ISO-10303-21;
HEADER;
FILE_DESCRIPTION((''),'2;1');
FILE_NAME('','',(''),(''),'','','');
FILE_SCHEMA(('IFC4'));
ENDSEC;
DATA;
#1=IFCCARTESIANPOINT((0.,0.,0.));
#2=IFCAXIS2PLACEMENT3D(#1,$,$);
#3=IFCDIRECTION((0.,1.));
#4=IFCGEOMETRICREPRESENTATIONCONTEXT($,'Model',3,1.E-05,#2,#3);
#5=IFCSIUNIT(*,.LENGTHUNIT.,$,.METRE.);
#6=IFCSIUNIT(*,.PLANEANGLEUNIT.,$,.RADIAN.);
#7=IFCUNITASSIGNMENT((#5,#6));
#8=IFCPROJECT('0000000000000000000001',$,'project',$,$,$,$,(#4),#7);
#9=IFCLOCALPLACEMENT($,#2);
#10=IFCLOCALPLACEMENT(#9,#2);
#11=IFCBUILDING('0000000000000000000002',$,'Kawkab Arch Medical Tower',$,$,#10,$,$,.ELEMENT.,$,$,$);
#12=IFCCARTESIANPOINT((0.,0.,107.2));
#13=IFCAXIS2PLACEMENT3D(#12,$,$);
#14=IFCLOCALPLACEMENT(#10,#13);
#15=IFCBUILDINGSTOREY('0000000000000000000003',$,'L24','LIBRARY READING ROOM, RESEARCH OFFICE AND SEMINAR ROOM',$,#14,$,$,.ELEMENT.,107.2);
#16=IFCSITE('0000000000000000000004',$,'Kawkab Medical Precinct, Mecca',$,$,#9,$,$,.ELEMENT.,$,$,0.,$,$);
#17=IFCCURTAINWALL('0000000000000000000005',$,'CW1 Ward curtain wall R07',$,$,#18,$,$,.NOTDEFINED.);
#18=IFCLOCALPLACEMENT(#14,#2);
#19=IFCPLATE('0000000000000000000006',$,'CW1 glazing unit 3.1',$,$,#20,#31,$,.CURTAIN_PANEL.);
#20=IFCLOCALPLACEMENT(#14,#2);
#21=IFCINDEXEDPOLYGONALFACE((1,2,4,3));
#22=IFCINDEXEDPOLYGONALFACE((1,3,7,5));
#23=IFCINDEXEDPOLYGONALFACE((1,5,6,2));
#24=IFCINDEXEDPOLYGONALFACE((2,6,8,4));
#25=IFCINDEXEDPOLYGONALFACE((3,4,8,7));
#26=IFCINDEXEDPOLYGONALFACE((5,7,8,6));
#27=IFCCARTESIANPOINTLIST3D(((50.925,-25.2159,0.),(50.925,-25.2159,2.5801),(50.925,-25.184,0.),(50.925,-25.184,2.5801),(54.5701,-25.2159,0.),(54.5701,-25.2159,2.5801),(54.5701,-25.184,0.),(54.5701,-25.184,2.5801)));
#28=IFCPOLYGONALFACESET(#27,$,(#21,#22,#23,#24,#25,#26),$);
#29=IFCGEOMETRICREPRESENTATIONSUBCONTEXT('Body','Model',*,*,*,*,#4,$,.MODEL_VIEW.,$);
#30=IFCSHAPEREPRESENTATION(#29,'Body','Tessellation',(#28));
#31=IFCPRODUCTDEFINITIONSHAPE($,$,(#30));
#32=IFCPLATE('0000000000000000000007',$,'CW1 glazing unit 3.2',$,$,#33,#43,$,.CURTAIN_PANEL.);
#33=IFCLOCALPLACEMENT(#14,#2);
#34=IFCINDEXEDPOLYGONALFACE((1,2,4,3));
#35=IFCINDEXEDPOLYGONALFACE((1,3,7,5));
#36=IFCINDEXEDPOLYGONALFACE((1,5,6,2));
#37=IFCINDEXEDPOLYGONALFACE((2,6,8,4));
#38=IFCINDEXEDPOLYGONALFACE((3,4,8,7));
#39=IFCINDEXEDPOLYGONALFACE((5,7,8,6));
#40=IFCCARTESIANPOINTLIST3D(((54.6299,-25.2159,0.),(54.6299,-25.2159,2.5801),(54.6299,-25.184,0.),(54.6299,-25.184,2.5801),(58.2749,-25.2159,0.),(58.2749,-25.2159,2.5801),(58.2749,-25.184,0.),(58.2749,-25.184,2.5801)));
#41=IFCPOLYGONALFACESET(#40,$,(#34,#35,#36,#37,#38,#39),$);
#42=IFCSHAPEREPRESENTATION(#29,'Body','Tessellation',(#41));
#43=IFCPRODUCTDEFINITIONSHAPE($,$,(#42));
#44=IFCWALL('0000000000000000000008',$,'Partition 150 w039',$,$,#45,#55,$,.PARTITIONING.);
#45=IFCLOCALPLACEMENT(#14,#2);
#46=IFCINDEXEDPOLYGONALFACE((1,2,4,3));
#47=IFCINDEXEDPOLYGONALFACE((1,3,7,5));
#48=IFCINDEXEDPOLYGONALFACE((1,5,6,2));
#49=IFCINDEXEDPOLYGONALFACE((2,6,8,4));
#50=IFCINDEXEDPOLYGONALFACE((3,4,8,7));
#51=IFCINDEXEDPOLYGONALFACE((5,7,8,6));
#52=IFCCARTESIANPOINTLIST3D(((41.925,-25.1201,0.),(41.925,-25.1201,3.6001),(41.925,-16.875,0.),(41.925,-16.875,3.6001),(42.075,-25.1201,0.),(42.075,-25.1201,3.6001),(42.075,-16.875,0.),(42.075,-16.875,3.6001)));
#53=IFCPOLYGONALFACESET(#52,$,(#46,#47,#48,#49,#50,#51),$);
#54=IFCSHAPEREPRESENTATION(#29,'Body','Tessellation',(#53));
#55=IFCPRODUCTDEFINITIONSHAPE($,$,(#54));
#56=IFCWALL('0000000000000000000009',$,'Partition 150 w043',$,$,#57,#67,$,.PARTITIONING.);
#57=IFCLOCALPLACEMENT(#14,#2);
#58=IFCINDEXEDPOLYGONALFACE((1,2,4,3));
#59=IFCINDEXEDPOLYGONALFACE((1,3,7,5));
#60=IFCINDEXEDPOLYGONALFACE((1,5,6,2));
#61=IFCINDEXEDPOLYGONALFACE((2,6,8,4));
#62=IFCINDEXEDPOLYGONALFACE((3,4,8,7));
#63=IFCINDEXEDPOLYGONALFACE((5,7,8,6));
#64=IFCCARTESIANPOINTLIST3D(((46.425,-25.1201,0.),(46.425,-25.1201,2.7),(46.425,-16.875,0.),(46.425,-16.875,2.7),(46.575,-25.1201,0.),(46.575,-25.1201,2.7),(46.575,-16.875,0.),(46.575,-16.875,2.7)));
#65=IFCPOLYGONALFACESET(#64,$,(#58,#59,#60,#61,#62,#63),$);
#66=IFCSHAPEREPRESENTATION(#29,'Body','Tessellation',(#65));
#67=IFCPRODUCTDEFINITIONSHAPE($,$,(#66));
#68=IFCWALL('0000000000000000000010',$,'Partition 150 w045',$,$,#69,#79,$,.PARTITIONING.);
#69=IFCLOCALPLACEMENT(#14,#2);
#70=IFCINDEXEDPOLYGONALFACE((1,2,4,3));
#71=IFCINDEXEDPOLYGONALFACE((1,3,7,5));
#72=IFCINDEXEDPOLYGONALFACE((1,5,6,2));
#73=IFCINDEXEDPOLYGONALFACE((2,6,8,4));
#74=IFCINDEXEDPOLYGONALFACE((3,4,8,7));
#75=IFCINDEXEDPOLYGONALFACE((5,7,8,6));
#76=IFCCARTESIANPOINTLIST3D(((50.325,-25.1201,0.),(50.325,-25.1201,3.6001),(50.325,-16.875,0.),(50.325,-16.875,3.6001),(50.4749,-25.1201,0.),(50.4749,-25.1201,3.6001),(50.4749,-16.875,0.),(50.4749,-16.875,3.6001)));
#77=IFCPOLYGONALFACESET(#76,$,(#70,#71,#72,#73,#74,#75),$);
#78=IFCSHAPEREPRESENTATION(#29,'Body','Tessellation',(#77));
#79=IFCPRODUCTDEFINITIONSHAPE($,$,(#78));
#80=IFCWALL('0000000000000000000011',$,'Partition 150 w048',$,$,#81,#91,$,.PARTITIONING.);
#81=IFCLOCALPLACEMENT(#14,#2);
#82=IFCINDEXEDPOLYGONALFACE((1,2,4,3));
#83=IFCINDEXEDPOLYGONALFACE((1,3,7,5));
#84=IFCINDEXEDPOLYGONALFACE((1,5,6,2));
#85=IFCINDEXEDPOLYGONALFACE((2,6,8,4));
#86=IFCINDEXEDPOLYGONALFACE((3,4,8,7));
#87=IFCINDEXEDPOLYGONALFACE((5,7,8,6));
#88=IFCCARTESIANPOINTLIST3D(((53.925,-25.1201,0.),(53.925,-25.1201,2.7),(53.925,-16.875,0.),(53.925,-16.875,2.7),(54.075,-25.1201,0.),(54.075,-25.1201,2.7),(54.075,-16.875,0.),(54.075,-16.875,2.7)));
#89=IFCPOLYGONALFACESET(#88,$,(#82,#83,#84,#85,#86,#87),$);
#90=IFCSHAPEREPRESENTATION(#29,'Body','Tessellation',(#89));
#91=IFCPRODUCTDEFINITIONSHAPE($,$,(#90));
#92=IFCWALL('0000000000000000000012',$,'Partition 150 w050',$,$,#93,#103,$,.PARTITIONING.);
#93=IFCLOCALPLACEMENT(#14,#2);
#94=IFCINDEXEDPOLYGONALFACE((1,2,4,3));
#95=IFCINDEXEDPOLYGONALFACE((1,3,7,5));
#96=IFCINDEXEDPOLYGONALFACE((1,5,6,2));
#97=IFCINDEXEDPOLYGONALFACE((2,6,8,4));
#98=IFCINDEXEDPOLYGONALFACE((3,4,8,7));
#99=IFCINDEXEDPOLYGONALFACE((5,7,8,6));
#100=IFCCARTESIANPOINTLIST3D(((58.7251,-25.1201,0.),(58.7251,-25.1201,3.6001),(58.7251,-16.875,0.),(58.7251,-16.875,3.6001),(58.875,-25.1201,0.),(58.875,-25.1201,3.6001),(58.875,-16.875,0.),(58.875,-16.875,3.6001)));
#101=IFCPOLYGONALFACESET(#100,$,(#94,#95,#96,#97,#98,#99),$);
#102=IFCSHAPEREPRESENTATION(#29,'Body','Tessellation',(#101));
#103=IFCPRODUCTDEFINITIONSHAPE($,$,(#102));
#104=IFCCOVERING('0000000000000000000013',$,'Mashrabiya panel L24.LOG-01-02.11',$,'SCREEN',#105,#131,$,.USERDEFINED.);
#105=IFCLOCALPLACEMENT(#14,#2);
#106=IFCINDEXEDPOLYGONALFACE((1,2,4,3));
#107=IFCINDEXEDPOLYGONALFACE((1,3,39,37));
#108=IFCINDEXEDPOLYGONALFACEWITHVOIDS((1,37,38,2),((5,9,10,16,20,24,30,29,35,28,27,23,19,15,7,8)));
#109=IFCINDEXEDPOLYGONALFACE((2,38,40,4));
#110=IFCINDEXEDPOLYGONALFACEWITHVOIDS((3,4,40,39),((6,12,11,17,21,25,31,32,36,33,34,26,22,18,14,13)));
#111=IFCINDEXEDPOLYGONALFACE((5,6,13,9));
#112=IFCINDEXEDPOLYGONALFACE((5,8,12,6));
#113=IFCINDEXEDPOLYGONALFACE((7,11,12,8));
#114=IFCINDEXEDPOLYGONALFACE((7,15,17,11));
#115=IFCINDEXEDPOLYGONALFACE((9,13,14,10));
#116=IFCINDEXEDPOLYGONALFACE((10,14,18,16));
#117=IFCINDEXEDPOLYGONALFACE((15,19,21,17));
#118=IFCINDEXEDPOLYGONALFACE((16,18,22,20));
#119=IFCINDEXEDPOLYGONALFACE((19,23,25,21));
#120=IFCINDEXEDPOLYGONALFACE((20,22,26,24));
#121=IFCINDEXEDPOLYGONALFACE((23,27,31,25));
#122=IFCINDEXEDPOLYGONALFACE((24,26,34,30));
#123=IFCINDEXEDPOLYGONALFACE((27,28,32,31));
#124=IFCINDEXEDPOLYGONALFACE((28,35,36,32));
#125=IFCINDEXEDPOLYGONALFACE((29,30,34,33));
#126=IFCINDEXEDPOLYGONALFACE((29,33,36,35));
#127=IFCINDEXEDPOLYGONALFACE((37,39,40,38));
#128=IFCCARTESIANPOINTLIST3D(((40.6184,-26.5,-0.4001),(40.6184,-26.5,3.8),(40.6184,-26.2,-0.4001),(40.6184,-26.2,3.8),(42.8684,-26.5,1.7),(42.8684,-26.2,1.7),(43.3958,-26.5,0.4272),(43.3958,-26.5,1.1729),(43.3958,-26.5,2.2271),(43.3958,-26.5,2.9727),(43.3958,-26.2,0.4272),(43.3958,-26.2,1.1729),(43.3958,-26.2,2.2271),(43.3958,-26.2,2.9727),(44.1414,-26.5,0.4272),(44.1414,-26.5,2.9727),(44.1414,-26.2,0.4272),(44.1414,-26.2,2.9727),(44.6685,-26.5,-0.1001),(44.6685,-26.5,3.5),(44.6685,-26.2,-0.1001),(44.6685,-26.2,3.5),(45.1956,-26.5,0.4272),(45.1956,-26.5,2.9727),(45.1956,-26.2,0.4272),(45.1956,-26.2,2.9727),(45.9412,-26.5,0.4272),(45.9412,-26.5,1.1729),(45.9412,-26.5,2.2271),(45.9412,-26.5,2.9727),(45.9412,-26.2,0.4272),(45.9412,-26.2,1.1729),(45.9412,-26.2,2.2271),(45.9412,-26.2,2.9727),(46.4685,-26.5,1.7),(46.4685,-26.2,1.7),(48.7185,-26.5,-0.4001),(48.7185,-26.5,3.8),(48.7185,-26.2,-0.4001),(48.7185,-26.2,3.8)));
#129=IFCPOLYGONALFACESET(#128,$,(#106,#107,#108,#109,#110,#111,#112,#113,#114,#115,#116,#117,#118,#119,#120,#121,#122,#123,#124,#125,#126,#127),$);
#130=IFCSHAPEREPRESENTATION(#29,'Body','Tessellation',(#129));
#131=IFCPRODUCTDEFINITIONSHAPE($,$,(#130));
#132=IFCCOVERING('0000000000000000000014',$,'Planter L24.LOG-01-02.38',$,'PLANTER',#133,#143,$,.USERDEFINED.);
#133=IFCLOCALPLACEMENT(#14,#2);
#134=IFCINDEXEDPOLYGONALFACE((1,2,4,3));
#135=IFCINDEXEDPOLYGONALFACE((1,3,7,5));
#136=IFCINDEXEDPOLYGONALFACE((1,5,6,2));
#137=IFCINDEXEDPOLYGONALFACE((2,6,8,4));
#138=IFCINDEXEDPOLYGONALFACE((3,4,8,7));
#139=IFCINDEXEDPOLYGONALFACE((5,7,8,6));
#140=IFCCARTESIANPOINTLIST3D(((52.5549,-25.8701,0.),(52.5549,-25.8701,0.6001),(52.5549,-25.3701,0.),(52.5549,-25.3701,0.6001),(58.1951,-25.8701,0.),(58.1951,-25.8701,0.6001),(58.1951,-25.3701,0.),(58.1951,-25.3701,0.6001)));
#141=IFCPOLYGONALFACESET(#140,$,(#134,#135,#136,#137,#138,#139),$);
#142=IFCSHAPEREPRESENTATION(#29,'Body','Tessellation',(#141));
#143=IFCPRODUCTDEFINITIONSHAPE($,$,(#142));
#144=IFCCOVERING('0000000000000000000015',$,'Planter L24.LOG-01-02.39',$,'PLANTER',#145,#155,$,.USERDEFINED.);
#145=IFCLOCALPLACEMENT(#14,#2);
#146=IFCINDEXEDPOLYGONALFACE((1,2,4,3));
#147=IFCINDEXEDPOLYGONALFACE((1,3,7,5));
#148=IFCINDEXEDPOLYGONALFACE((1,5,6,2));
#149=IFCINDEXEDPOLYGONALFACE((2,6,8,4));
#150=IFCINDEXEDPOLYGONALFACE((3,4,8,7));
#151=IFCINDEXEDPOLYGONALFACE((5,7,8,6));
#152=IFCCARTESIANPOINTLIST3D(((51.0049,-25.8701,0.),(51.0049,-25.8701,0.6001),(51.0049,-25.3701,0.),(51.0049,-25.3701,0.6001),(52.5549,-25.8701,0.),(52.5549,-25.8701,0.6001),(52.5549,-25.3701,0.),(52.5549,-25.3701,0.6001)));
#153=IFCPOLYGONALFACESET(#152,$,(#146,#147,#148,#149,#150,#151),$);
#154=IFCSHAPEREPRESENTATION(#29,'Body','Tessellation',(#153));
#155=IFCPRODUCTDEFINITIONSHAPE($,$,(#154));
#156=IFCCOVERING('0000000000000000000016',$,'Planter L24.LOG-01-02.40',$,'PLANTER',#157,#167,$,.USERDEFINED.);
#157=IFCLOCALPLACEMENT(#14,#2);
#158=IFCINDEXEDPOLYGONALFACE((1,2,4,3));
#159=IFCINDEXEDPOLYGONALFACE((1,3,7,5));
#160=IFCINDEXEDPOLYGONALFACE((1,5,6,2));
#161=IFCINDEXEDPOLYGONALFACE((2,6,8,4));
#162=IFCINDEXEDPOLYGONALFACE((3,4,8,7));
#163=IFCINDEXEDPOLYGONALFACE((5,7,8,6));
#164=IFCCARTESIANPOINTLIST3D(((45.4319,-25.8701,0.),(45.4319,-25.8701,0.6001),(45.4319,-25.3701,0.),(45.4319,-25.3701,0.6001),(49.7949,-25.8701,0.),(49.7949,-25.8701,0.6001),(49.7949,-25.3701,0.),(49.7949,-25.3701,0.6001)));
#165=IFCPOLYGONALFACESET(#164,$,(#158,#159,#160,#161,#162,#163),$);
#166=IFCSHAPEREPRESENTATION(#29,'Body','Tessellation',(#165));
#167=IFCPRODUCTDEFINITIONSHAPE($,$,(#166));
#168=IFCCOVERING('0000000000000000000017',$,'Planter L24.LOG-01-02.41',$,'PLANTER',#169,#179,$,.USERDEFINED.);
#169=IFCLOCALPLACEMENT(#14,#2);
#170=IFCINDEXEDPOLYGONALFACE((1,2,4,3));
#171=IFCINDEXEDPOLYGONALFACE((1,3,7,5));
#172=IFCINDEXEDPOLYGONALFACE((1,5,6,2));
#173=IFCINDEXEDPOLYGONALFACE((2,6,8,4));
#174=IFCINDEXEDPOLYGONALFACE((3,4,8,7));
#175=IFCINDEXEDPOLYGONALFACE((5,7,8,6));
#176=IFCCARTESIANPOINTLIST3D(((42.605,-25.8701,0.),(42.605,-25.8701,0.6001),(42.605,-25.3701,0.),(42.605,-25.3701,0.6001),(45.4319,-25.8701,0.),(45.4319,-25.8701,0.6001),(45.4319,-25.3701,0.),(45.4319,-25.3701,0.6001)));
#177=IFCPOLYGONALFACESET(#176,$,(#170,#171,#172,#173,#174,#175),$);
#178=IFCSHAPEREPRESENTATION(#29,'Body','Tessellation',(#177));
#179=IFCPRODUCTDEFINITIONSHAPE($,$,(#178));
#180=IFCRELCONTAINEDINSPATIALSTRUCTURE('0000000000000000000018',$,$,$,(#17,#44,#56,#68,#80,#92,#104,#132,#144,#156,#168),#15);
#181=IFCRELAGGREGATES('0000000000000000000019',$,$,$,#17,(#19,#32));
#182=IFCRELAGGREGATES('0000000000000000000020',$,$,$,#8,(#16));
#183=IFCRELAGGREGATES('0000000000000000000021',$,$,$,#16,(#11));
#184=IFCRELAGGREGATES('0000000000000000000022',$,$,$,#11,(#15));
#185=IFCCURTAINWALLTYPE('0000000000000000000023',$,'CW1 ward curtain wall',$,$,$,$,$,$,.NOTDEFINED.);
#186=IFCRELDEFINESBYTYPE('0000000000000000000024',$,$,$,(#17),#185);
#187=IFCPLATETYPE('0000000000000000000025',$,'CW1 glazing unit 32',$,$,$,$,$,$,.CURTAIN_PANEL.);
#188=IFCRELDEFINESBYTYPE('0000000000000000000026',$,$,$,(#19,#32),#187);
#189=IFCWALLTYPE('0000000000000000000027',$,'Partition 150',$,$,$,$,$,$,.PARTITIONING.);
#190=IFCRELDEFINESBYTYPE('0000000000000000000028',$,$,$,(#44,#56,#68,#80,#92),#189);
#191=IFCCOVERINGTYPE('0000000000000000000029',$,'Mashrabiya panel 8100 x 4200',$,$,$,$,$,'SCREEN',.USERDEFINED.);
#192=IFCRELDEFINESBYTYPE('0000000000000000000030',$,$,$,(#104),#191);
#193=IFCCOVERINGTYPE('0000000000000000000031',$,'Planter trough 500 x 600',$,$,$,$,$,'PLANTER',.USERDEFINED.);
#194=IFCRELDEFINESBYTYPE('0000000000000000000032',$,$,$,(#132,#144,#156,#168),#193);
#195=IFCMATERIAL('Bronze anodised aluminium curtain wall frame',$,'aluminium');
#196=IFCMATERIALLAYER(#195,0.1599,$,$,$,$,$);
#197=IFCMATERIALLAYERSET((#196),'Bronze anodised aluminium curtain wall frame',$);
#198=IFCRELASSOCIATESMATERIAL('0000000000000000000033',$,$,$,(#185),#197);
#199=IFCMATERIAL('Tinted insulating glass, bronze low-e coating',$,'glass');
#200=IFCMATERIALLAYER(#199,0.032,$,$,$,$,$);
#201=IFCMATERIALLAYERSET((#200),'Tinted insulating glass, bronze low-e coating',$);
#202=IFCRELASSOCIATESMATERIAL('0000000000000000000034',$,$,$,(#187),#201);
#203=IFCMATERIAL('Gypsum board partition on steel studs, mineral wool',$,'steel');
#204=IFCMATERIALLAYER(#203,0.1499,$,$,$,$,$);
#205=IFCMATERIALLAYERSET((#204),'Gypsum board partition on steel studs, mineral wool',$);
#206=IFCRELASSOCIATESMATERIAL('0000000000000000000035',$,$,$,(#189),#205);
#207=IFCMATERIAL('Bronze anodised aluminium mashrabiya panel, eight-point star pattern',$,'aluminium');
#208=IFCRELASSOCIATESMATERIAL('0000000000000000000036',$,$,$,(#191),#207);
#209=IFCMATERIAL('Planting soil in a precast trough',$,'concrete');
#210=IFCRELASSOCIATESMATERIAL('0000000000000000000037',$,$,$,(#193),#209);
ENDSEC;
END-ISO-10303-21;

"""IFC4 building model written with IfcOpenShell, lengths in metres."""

from ifc_helpers import new_model, si_unit, direction, frame, frame_2d, origin, origin_2d, place, context, subcontext, project, spatial, polyline, rectangle, outline, extrude, material, layer, layer_set, material_profile, profile_set, type_object, element, aggregate, save


model = new_model("IFC4")

# Units and contexts
model_context = context("Model", 3, precision=1e-05, world=origin(), true_north=direction((0.0, 1.0)))
body_context = subcontext(model_context, "Body", "Model", "MODEL_VIEW")
ifc_project = project(units=[si_unit("LENGTHUNIT", "METRE"), si_unit("PLANEANGLEUNIT", "RADIAN")], contexts=[model_context])

# Site, building, storey
site_placement = place(None, origin())
site = spatial("IfcSite", under=ifc_project, at=site_placement, Name="Kawkab Medical Precinct, Mecca", CompositionType="ELEMENT", RefElevation=0.0)
building_placement = place(site_placement, origin())
building = spatial("IfcBuilding", under=site, at=building_placement, Name="Kawkab Arch Medical Tower", CompositionType="ELEMENT")
storey_placement = place(building_placement, frame((0.0, 0.0, 107.2)))
storey = spatial("IfcBuildingStorey", under=building, at=storey_placement, Name="L24", Description="LIBRARY READING ROOM, RESEARCH OFFICE AND SEMINAR ROOM", CompositionType="ELEMENT", Elevation=107.2)

# Curtain wall
ifc_material_1 = material(Name="Bronze anodised aluminium curtain wall frame", Category="aluminium")
ifc_layer_1 = layer(ifc_material_1, 0.1599)
ifc_layer_set_1 = layer_set([ifc_layer_1], Name="Bronze anodised aluminium curtain wall frame")
curtain_wall_type = type_object("IfcCurtainWallType", Name="CW1 ward curtain wall", PredefinedType="NOTDEFINED", material=ifc_layer_set_1)
curtain_wall_placement = place(storey_placement, origin())
curtain_wall = element("IfcCurtainWall", 1, at=curtain_wall_placement, inside=storey, type_object=curtain_wall_type, Name="CW1 Ward curtain wall R07", PredefinedType="NOTDEFINED")

# Plates
ifc_material_2 = material(Name="Tinted insulating glass, bronze low-e coating", Category="glass")
ifc_layer_2 = layer(ifc_material_2, 0.032)
ifc_layer_set_2 = layer_set([ifc_layer_2], Name="Tinted insulating glass, bronze low-e coating")
plate_type = type_object("IfcPlateType", Name="CW1 glazing unit 32", PredefinedType="CURTAIN_PANEL", material=ifc_layer_set_2)
plate_1_placement = place(storey_placement, frame((52.7476, -25.2, 0.0), z_axis=(0.0, 0.0, 1.0), x_axis=(1.0, 0.0, 0.0)))
plate_1 = element("IfcPlate", 2, at=plate_1_placement, type_object=plate_type, Name="CW1 glazing unit 3.1", PredefinedType="CURTAIN_PANEL", context=body_context, shape_type="SweptSolid", body=[
    extrude(rectangle(XDim=3.645, YDim=0.032, at=origin_2d()), origin(), (0.0, 0.0, 1.0), 2.5801),
])
plate_2_placement = place(storey_placement, frame((56.4524, -25.2, 0.0), z_axis=(0.0, 0.0, 1.0), x_axis=(1.0, 0.0, 0.0)))
plate_2 = element("IfcPlate", 3, at=plate_2_placement, type_object=plate_type, Name="CW1 glazing unit 3.2", PredefinedType="CURTAIN_PANEL", context=body_context, shape_type="SweptSolid", body=[
    extrude(rectangle(XDim=3.645, YDim=0.032, at=origin_2d()), origin(), (0.0, 0.0, 1.0), 2.5801),
])
aggregate(curtain_wall, [plate_1, plate_2])

# Walls
ifc_material_3 = material(Name="Gypsum board partition on steel studs, mineral wool", Category="steel")
ifc_layer_3 = layer(ifc_material_3, 0.1499)
ifc_layer_set_3 = layer_set([ifc_layer_3], Name="Gypsum board partition on steel studs, mineral wool")
wall_type = type_object("IfcWallType", Name="Partition 150", PredefinedType="PARTITIONING", material=ifc_layer_set_3)
wall_1_placement = place(storey_placement, frame((42.0, -25.1201, 0.0), z_axis=(0.0, 0.0, 1.0), x_axis=(0.0, 1.0, 0.0)))
element("IfcWall", 4, at=wall_1_placement, inside=storey, type_object=wall_type, Name="Partition 150 w039", PredefinedType="PARTITIONING", context=body_context, shape_type="SweptSolid", body=[
    extrude(rectangle(XDim=8.2451, YDim=0.1499, at=frame_2d((4.1226, 0.0))), origin(), (0.0, 0.0, 1.0), 3.6001),
])
wall_2_placement = place(storey_placement, frame((46.5, -25.1201, 0.0), z_axis=(0.0, 0.0, 1.0), x_axis=(0.0, 1.0, 0.0)))
element("IfcWall", 5, at=wall_2_placement, inside=storey, type_object=wall_type, Name="Partition 150 w043", PredefinedType="PARTITIONING", context=body_context, shape_type="SweptSolid", body=[
    extrude(rectangle(XDim=8.2451, YDim=0.1499, at=frame_2d((4.1226, 0.0))), origin(), (0.0, 0.0, 1.0), 2.7),
])
wall_3_placement = place(storey_placement, frame((50.3999, -25.1201, 0.0), z_axis=(0.0, 0.0, 1.0), x_axis=(0.0, 1.0, 0.0)))
element("IfcWall", 6, at=wall_3_placement, inside=storey, type_object=wall_type, Name="Partition 150 w045", PredefinedType="PARTITIONING", context=body_context, shape_type="SweptSolid", body=[
    extrude(rectangle(XDim=8.2451, YDim=0.1499, at=frame_2d((4.1226, 0.0))), origin(), (0.0, 0.0, 1.0), 3.6001),
])
wall_4_placement = place(storey_placement, frame((54.0, -25.1201, 0.0), z_axis=(0.0, 0.0, 1.0), x_axis=(0.0, 1.0, 0.0)))
element("IfcWall", 7, at=wall_4_placement, inside=storey, type_object=wall_type, Name="Partition 150 w048", PredefinedType="PARTITIONING", context=body_context, shape_type="SweptSolid", body=[
    extrude(rectangle(XDim=8.2451, YDim=0.1499, at=frame_2d((4.1226, 0.0))), origin(), (0.0, 0.0, 1.0), 2.7),
])
wall_5_placement = place(storey_placement, frame((58.8, -25.1201, 0.0), z_axis=(0.0, 0.0, 1.0), x_axis=(0.0, 1.0, 0.0)))
element("IfcWall", 8, at=wall_5_placement, inside=storey, type_object=wall_type, Name="Partition 150 w050", PredefinedType="PARTITIONING", context=body_context, shape_type="SweptSolid", body=[
    extrude(rectangle(XDim=8.2451, YDim=0.1499, at=frame_2d((4.1226, 0.0))), origin(), (0.0, 0.0, 1.0), 3.6001),
])

# Coverings
ifc_material_4 = material(Name="Bronze anodised aluminium mashrabiya panel, eight-point star pattern", Category="aluminium")
ifc_material_profile_1 = material_profile(ifc_material_4, outline(polyline([(-4.05, -2.1001), (4.05, -2.1001), (4.05, 2.1001), (-4.05, 2.1001), (-4.05, -2.1001)]), holes=[polyline([(1.8, 0.0), (1.2727, 0.5271), (1.2727, 1.2727), (0.5271, 1.2727), (0.0, 1.8), (-0.5271, 1.2727), (-1.2727, 1.2727), (-1.2727, 0.5271), (-1.8, 0.0), (-1.2727, -0.5271), (-1.2727, -1.2727), (-0.5271, -1.2727), (0.0, -1.8), (0.5271, -1.2727), (1.2727, -1.2727), (1.2727, -0.5271), (1.8, 0.0)])]), Name="Mashrabiya panel 8100x4200")
ifc_profile_set_1 = profile_set([ifc_material_profile_1], Name="Bronze anodised aluminium mashrabiya panel, eight-point star pattern")
covering_type_1 = type_object("IfcCoveringType", Name="Mashrabiya panel 8100 x 4200", ElementType="SCREEN", PredefinedType="USERDEFINED", material=ifc_profile_set_1)
covering_1_placement = place(storey_placement, frame((44.6685, -26.2, 1.7), z_axis=(0.0, -1.0, 0.0), x_axis=(1.0, 0.0, 0.0)))
element("IfcCovering", 9, at=covering_1_placement, inside=storey, type_object=covering_type_1, Name="Mashrabiya panel L24.LOG-01-02.11", ObjectType="SCREEN", PredefinedType="USERDEFINED", context=body_context, shape_type="SweptSolid", body=[
    extrude(outline(polyline([(-4.05, -2.1001), (4.05, -2.1001), (4.05, 2.1001), (-4.05, 2.1001), (-4.05, -2.1001)]), holes=[polyline([(1.8, 0.0), (1.2727, 0.5271), (1.2727, 1.2727), (0.5271, 1.2727), (0.0, 1.8), (-0.5271, 1.2727), (-1.2727, 1.2727), (-1.2727, 0.5271), (-1.8, 0.0), (-1.2727, -0.5271), (-1.2727, -1.2727), (-0.5271, -1.2727), (0.0, -1.8), (0.5271, -1.2727), (1.2727, -1.2727), (1.2727, -0.5271), (1.8, 0.0)])]), origin(), (0.0, 0.0, 1.0), 0.3),
])
ifc_material_5 = material(Name="Planting soil in a precast trough", Category="concrete")
ifc_material_profile_2 = material_profile(ifc_material_5, rectangle(XDim=0.5, YDim=0.6001, at=origin_2d()), Name="Trough 500x600")
ifc_profile_set_2 = profile_set([ifc_material_profile_2], Name="Planting soil in a precast trough")
covering_type_2 = type_object("IfcCoveringType", Name="Planter trough 500 x 600", ElementType="PLANTER", PredefinedType="USERDEFINED", material=ifc_profile_set_2)
covering_2_placement = place(storey_placement, frame((58.1951, -25.6201, 0.3), z_axis=(-1.0, 0.0, 0.0), x_axis=(0.0, -1.0, 0.0)))
element("IfcCovering", 10, at=covering_2_placement, inside=storey, type_object=covering_type_2, Name="Planter L24.LOG-01-02.38", ObjectType="PLANTER", PredefinedType="USERDEFINED", context=body_context, shape_type="SweptSolid", body=[
    extrude(rectangle(XDim=0.5, YDim=0.6001, at=origin_2d()), origin(), (0.0, 0.0, 1.0), 5.6401),
])
covering_3_placement = place(storey_placement, frame((52.5549, -25.6201, 0.3), z_axis=(-1.0, 0.0, 0.0), x_axis=(0.0, -1.0, 0.0)))
element("IfcCovering", 11, at=covering_3_placement, inside=storey, type_object=covering_type_2, Name="Planter L24.LOG-01-02.39", ObjectType="PLANTER", PredefinedType="USERDEFINED", context=body_context, shape_type="SweptSolid", body=[
    extrude(rectangle(XDim=0.5, YDim=0.6001, at=origin_2d()), origin(), (0.0, 0.0, 1.0), 1.55),
])
covering_4_placement = place(storey_placement, frame((49.7949, -25.6201, 0.3), z_axis=(-1.0, 0.0, 0.0), x_axis=(0.0, -1.0, 0.0)))
element("IfcCovering", 12, at=covering_4_placement, inside=storey, type_object=covering_type_2, Name="Planter L24.LOG-01-02.40", ObjectType="PLANTER", PredefinedType="USERDEFINED", context=body_context, shape_type="SweptSolid", body=[
    extrude(rectangle(XDim=0.5, YDim=0.6001, at=origin_2d()), origin(), (0.0, 0.0, 1.0), 4.363),
])
covering_5_placement = place(storey_placement, frame((45.4319, -25.6201, 0.3), z_axis=(-1.0, 0.0, 0.0), x_axis=(0.0, -1.0, 0.0)))
element("IfcCovering", 13, at=covering_5_placement, inside=storey, type_object=covering_type_2, Name="Planter L24.LOG-01-02.41", ObjectType="PLANTER", PredefinedType="USERDEFINED", context=body_context, shape_type="SweptSolid", body=[
    extrude(rectangle(XDim=0.5, YDim=0.6001, at=origin_2d()), origin(), (0.0, 0.0, 1.0), 2.8269),
])

save(model, "model.ifc")
